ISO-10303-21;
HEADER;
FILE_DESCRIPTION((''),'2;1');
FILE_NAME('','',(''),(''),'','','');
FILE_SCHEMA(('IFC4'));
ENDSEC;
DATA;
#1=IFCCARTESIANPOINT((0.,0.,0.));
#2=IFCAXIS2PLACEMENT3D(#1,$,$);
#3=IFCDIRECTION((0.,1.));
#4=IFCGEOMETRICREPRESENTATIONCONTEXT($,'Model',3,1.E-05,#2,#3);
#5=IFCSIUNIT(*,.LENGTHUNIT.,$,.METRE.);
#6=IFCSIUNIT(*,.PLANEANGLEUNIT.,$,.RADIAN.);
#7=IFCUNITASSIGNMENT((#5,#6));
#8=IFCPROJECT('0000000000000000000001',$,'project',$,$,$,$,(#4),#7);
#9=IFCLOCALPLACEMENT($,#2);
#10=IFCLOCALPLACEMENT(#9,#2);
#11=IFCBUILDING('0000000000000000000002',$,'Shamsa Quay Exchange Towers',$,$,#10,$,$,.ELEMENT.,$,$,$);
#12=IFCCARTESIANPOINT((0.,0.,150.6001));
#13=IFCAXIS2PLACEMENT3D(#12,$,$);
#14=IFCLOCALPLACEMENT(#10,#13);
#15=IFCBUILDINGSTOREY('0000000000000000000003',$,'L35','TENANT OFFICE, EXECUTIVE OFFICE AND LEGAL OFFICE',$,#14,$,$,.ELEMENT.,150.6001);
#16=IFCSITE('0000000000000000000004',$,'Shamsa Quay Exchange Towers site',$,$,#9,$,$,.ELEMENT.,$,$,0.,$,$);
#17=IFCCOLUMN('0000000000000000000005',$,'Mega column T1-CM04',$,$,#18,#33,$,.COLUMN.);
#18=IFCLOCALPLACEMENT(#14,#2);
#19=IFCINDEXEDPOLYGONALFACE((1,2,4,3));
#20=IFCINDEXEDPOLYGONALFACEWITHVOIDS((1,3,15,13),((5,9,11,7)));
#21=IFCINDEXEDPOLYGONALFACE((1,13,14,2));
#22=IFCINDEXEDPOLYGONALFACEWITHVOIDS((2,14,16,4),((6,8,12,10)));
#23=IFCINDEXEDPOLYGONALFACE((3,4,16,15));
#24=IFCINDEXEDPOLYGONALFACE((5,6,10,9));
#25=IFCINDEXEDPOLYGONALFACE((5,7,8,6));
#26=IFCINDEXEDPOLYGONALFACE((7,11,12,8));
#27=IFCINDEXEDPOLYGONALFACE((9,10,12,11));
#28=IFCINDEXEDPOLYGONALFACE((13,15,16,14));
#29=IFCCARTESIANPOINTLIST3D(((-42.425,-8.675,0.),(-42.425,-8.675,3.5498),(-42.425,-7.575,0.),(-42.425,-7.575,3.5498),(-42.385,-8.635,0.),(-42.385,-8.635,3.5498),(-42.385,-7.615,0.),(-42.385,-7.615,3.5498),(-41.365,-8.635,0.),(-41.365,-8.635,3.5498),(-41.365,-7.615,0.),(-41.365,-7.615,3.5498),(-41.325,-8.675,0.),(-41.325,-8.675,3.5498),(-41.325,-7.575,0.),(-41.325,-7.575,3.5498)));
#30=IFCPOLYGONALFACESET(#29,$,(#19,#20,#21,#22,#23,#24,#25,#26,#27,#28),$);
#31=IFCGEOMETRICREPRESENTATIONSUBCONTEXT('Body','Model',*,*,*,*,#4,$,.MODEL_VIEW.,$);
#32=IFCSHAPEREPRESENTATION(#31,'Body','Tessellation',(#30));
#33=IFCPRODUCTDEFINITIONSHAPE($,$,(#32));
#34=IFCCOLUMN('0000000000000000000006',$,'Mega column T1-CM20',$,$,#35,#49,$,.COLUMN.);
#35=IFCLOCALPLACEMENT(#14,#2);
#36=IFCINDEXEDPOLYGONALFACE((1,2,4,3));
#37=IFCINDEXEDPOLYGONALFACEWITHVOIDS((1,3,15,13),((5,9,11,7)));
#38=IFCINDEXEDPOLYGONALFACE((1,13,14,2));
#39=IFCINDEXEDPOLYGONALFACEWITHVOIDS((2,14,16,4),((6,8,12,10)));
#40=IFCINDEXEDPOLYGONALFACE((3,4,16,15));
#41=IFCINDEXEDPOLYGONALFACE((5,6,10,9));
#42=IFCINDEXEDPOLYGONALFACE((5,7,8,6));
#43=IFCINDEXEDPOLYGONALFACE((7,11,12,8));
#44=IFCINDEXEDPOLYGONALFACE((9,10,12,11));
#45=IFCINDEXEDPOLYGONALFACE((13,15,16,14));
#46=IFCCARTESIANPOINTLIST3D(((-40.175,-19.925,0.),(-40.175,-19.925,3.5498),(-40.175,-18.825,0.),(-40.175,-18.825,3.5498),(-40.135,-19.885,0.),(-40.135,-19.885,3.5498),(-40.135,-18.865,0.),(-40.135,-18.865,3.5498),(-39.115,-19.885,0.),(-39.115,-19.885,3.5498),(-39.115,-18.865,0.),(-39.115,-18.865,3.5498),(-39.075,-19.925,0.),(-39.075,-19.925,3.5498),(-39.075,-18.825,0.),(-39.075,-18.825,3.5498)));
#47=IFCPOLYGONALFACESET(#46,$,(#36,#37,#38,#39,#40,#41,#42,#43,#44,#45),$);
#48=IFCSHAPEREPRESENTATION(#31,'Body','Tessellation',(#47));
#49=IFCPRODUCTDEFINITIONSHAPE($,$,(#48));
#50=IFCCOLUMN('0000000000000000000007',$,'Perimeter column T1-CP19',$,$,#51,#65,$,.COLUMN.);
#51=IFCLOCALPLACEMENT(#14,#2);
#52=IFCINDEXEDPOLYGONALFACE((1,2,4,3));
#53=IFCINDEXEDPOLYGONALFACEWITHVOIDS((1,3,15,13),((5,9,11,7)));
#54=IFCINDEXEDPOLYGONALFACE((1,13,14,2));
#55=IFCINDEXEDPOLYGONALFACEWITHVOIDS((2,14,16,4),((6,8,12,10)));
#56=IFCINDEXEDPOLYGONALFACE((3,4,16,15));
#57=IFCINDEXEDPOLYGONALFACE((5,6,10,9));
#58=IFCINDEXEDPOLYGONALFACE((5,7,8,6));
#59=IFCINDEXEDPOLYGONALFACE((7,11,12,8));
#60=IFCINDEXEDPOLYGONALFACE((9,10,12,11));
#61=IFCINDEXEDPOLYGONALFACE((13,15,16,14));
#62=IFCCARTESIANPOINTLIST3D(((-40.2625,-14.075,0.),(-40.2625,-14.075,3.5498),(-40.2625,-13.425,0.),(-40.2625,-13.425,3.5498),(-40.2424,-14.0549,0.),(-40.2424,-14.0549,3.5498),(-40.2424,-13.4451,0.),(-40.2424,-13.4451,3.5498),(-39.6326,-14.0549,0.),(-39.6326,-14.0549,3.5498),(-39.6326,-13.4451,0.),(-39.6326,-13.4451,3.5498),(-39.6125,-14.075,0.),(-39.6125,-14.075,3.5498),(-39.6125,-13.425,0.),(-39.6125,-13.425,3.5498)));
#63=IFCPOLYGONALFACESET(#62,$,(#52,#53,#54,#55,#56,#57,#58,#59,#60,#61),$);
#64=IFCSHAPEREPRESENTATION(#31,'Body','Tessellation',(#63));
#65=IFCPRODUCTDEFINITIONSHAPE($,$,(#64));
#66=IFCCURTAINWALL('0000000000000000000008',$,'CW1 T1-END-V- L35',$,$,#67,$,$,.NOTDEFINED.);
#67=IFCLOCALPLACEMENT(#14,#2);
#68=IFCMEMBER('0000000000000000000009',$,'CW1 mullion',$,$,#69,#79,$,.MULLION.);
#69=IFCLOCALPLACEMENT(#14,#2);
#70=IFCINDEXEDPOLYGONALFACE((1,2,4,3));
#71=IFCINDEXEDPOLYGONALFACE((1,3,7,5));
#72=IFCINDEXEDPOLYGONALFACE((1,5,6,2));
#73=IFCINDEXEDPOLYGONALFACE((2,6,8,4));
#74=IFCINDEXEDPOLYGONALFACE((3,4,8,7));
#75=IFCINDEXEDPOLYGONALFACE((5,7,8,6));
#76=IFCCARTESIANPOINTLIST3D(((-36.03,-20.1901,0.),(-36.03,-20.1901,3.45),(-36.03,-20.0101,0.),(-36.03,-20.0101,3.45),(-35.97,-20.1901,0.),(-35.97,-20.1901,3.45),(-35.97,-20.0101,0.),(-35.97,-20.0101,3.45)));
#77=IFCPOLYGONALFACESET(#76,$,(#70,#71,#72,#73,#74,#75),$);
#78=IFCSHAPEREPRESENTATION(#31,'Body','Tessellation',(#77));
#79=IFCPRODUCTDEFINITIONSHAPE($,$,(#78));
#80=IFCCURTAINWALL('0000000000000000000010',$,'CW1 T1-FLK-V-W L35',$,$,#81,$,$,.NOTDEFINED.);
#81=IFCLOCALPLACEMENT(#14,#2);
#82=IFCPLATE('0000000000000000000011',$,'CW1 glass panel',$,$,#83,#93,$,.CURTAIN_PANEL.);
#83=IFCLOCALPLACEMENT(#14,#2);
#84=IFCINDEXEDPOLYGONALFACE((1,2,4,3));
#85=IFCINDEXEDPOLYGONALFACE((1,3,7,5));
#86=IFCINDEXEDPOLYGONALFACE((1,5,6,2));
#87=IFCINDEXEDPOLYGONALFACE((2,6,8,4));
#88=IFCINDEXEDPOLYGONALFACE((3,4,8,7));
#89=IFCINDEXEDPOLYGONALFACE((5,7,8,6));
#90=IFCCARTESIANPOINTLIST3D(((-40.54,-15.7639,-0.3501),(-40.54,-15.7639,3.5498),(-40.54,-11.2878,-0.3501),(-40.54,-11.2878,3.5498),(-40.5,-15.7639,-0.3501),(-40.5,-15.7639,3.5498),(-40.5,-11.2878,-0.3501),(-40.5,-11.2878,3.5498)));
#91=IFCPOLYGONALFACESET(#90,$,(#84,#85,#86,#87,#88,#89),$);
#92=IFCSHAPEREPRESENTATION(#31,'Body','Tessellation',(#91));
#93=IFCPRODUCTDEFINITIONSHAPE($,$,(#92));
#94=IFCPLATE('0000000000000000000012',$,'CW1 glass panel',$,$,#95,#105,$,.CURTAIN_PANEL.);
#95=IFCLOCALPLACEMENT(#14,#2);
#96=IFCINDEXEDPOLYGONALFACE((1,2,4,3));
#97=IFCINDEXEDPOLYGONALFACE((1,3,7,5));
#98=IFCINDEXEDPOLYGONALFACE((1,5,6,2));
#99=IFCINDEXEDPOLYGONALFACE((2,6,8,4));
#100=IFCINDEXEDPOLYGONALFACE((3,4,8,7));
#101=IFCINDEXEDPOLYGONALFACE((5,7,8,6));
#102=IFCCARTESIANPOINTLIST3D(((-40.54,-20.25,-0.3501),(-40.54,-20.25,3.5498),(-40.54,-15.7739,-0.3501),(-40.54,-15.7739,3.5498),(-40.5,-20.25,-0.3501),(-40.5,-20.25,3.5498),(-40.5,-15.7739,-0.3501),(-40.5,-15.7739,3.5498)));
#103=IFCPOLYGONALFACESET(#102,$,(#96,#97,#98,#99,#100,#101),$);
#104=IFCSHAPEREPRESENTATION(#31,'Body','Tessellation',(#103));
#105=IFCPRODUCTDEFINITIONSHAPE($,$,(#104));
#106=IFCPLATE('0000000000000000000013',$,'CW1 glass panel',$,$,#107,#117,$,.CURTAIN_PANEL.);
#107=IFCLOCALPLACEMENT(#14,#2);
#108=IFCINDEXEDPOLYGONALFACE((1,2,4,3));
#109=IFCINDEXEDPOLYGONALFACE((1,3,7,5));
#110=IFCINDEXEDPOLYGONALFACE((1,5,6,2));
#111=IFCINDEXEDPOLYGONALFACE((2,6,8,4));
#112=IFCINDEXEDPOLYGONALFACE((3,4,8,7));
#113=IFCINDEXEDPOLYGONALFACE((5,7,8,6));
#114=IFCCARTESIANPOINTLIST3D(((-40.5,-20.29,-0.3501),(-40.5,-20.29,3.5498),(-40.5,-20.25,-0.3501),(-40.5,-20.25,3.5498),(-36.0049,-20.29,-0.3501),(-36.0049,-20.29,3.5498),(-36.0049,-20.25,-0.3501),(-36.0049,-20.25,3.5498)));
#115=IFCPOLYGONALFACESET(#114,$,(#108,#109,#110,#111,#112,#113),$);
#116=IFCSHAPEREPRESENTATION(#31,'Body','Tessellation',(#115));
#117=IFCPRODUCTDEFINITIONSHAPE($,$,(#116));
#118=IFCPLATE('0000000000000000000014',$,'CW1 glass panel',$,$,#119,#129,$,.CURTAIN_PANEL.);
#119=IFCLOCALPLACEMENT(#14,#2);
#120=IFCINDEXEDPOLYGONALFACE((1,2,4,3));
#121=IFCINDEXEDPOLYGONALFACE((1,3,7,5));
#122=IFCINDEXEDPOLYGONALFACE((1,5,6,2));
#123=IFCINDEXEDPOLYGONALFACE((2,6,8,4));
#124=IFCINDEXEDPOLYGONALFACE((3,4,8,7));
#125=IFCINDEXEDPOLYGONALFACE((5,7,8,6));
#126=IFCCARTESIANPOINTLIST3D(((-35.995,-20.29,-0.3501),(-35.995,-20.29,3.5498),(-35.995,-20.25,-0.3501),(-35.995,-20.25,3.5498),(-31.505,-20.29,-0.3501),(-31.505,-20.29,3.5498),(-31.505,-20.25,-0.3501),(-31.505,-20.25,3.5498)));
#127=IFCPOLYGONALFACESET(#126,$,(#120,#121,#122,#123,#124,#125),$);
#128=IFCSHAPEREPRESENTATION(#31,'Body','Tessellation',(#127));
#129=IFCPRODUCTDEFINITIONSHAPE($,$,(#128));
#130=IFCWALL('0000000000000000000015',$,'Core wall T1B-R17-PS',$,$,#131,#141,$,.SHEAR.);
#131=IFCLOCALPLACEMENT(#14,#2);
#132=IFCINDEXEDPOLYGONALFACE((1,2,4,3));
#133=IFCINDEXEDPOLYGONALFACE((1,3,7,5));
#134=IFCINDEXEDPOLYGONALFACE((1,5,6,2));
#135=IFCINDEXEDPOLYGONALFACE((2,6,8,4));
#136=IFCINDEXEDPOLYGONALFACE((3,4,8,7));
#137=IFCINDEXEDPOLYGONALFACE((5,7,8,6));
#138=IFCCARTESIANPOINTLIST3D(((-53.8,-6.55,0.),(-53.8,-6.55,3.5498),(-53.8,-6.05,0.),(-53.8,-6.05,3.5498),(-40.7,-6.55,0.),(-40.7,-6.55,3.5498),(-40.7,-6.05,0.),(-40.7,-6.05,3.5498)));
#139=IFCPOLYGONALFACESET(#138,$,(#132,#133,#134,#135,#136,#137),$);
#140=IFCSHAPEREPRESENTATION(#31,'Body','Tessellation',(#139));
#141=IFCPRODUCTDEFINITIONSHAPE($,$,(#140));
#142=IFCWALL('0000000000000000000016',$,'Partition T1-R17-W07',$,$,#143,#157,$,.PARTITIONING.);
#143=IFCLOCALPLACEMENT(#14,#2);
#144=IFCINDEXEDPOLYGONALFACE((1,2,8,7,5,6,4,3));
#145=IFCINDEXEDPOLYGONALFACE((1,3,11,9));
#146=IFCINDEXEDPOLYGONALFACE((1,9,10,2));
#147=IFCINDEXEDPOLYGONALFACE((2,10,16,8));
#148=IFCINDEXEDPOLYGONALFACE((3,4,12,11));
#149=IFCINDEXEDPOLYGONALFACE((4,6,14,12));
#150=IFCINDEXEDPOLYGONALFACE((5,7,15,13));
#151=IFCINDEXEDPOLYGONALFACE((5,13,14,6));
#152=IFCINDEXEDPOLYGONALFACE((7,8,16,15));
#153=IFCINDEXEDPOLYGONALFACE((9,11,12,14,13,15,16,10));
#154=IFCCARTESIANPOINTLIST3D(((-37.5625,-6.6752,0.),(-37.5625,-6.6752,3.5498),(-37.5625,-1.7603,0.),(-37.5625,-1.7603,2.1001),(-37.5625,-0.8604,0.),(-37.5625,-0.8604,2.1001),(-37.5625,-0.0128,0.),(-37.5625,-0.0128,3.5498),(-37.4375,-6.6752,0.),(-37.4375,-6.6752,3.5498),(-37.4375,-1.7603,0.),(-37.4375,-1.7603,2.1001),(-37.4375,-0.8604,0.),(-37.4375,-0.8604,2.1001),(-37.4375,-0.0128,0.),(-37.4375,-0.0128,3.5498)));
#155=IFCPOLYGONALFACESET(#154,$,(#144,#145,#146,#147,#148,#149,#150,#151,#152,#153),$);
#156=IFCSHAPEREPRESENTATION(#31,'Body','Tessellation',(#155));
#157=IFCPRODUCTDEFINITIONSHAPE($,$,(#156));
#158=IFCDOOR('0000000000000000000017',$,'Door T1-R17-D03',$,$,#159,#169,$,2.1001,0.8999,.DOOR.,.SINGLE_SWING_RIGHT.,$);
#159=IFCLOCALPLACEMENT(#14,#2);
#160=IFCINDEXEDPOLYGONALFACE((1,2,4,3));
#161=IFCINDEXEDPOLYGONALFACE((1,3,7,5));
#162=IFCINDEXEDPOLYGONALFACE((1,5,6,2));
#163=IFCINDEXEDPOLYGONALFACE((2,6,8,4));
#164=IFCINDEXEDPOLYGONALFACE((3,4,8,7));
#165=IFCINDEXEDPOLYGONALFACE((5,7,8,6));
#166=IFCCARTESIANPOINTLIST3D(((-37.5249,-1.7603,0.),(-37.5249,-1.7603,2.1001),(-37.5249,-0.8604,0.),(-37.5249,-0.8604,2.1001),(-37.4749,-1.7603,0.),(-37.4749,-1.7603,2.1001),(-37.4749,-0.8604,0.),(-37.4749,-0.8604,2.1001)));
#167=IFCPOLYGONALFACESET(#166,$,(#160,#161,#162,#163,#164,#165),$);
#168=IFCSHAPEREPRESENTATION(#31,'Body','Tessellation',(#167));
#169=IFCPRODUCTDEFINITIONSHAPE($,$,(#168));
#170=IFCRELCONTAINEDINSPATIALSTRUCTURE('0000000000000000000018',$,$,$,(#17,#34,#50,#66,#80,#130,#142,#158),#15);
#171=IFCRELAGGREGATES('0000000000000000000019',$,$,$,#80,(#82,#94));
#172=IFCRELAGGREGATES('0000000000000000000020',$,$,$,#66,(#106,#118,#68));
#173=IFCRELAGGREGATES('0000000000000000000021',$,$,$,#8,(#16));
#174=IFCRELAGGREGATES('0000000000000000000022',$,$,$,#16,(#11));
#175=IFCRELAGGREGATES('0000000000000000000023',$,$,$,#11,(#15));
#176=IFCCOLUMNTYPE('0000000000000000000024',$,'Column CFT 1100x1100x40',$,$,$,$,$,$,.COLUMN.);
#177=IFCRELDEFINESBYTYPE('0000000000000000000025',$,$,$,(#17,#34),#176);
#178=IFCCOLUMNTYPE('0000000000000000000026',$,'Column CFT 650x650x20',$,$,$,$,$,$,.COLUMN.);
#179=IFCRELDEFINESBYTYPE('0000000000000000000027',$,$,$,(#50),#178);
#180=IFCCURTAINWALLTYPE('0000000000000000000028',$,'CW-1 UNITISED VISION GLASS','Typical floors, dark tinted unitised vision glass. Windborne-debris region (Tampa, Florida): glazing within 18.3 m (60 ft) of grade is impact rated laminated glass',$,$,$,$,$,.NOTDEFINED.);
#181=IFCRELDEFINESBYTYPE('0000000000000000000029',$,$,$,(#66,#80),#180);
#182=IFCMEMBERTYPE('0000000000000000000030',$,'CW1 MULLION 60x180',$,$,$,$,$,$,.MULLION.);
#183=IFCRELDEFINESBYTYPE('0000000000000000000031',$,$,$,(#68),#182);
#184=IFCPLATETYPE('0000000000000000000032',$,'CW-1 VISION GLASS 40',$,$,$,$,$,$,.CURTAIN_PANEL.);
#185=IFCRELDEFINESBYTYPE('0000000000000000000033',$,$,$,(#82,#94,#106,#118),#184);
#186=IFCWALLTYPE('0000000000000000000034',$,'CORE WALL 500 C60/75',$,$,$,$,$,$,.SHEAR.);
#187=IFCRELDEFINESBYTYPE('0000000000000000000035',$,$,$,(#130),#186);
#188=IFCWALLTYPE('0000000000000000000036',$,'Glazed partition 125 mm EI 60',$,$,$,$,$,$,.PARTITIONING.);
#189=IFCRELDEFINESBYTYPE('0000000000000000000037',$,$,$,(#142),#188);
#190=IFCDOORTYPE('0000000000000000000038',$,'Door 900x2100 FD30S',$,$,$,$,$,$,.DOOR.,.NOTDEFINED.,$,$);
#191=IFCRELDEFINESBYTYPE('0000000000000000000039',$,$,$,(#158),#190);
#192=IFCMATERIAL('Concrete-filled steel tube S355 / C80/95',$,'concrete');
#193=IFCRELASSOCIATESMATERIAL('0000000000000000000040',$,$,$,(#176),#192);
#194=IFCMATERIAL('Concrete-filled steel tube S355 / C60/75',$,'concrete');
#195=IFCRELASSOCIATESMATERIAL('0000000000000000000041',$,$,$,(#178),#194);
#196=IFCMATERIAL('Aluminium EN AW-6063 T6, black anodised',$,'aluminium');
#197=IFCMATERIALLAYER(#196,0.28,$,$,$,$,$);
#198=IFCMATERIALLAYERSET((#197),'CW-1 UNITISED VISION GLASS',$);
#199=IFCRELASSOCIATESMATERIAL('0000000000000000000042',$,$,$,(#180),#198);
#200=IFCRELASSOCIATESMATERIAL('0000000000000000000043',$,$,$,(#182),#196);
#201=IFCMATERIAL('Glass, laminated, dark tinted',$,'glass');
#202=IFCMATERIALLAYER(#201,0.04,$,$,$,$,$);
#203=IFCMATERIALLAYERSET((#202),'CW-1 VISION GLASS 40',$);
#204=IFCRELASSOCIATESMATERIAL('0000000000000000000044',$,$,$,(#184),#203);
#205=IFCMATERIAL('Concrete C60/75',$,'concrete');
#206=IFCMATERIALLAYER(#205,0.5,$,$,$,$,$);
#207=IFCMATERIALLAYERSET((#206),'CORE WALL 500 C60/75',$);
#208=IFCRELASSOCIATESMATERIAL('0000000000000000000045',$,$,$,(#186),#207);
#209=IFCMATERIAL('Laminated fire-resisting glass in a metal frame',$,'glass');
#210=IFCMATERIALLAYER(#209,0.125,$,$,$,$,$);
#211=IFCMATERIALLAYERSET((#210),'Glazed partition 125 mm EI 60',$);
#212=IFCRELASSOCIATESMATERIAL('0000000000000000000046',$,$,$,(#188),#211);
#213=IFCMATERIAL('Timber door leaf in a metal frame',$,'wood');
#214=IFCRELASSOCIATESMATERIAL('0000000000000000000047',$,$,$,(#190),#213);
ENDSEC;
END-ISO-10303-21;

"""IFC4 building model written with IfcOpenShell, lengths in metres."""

from ifc_helpers import new_model, si_unit, direction, frame, frame_2d, origin, origin_2d, place, context, subcontext, project, spatial, rectangle, hollow_rectangle, extrude, material, layer, layer_set, material_profile, profile_set, type_object, element, fill, aggregate, save


model = new_model("IFC4")

# Units and contexts
model_context = context("Model", 3, precision=1e-05, world=origin(), true_north=direction((0.0, 1.0)))
body_context = subcontext(model_context, "Body", "Model", "MODEL_VIEW")
ifc_project = project(units=[si_unit("LENGTHUNIT", "METRE"), si_unit("PLANEANGLEUNIT", "RADIAN")], contexts=[model_context])

# Site, building, storey
site_placement = place(None, origin())
site = spatial("IfcSite", under=ifc_project, at=site_placement, Name="Shamsa Quay Exchange Towers site", CompositionType="ELEMENT", RefElevation=0.0)
building_placement = place(site_placement, origin())
building = spatial("IfcBuilding", under=site, at=building_placement, Name="Shamsa Quay Exchange Towers", CompositionType="ELEMENT")
storey_placement = place(building_placement, frame((0.0, 0.0, 150.6001)))
storey = spatial("IfcBuildingStorey", under=building, at=storey_placement, Name="L35", Description="TENANT OFFICE, EXECUTIVE OFFICE AND LEGAL OFFICE", CompositionType="ELEMENT", Elevation=150.6001)

# Columns
ifc_material_1 = material(Name="Concrete-filled steel tube S355 / C80/95", Category="concrete")
ifc_material_profile_1 = material_profile(ifc_material_1, hollow_rectangle(XDim=1.1001, YDim=1.1001, WallThickness=0.04, at=origin_2d()), Name="CFT 1100x1100x40")
ifc_profile_set_1 = profile_set([ifc_material_profile_1], Name="Concrete-filled steel tube S355 / C80/95")
column_type_1 = type_object("IfcColumnType", Name="Column CFT 1100x1100x40", PredefinedType="COLUMN", material=ifc_profile_set_1)
for number, where, name in (
    (1, (-41.875, -8.125, 0.0), "Mega column T1-CM04"),
    (2, (-39.625, -19.375, 0.0), "Mega column T1-CM20"),
):
    element("IfcColumn", number, at=place(storey_placement, frame(where)), inside=storey, type_object=column_type_1, Name=name, PredefinedType="COLUMN", context=body_context, shape_type="SweptSolid", body=[
        extrude(hollow_rectangle(XDim=1.1001, YDim=1.1001, WallThickness=0.04, at=origin_2d()), origin(), (0.0, 0.0, 1.0), 3.5498),
    ])
ifc_material_2 = material(Name="Concrete-filled steel tube S355 / C60/75", Category="concrete")
ifc_material_profile_2 = material_profile(ifc_material_2, hollow_rectangle(XDim=0.6499, YDim=0.6499, WallThickness=0.02, at=origin_2d()), Name="CFT 650x650x20")
ifc_profile_set_2 = profile_set([ifc_material_profile_2], Name="Concrete-filled steel tube S355 / C60/75")
column_type_2 = type_object("IfcColumnType", Name="Column CFT 650x650x20", PredefinedType="COLUMN", material=ifc_profile_set_2)
column_placement = place(storey_placement, frame((-39.9375, -13.75, 0.0)))
element("IfcColumn", 3, at=column_placement, inside=storey, type_object=column_type_2, Name="Perimeter column T1-CP19", PredefinedType="COLUMN", context=body_context, shape_type="SweptSolid", body=[
    extrude(hollow_rectangle(XDim=0.6499, YDim=0.6499, WallThickness=0.02, at=origin_2d()), origin(), (0.0, 0.0, 1.0), 3.5498),
])

# Curtain wall, member
ifc_material_3 = material(Name="Aluminium EN AW-6063 T6, black anodised", Category="aluminium")
ifc_layer_1 = layer(ifc_material_3, 0.28)
ifc_layer_set_1 = layer_set([ifc_layer_1], Name="CW-1 UNITISED VISION GLASS")
curtain_wall_type = type_object("IfcCurtainWallType", Name="CW-1 UNITISED VISION GLASS", Description="Typical floors, dark tinted unitised vision glass. Windborne-debris region (Tampa, Florida): glazing within 18.3 m (60 ft) of grade is impact rated laminated glass", PredefinedType="NOTDEFINED", material=ifc_layer_set_1)
curtain_wall_1_placement = place(storey_placement, origin())
curtain_wall_1 = element("IfcCurtainWall", 4, at=curtain_wall_1_placement, inside=storey, type_object=curtain_wall_type, Name="CW1 T1-END-V- L35", PredefinedType="NOTDEFINED")
ifc_material_profile_3 = material_profile(ifc_material_3, rectangle(XDim=0.1799, YDim=0.0601, at=origin_2d()), Name="MU60x180")
ifc_profile_set_3 = profile_set([ifc_material_profile_3], Name="Aluminium EN AW-6063 T6, black anodised")
member_type = type_object("IfcMemberType", Name="CW1 MULLION 60x180", PredefinedType="MULLION", material=ifc_profile_set_3)
member_placement = place(storey_placement, frame((-36.0, -20.1001, 0.0), z_axis=(0.0, 0.0, 1.0), x_axis=(0.0, 1.0, 0.0)))
member = element("IfcMember", 5, at=member_placement, type_object=member_type, Name="CW1 mullion", PredefinedType="MULLION", context=body_context, shape_type="SweptSolid", body=[
    extrude(rectangle(XDim=0.1799, YDim=0.0601, at=origin_2d()), origin(), (0.0, 0.0, 1.0), 3.45),
])

# Curtain wall, plates
curtain_wall_2_placement = place(storey_placement, origin())
curtain_wall_2 = element("IfcCurtainWall", 6, at=curtain_wall_2_placement, inside=storey, type_object=curtain_wall_type, Name="CW1 T1-FLK-V-W L35", PredefinedType="NOTDEFINED")
ifc_material_4 = material(Name="Glass, laminated, dark tinted", Category="glass")
ifc_layer_2 = layer(ifc_material_4, 0.04)
ifc_layer_set_2 = layer_set([ifc_layer_2], Name="CW-1 VISION GLASS 40")
plate_type = type_object("IfcPlateType", Name="CW-1 VISION GLASS 40", PredefinedType="CURTAIN_PANEL", material=ifc_layer_set_2)
plate_1_placement = place(storey_placement, frame((-40.52, -13.5259, -0.3501), z_axis=(0.0, 0.0, 1.0), x_axis=(0.0, -1.0, 0.0)))
plate_1 = element("IfcPlate", 7, at=plate_1_placement, type_object=plate_type, Name="CW1 glass panel", PredefinedType="CURTAIN_PANEL", context=body_context, shape_type="SweptSolid", body=[
    extrude(rectangle(XDim=4.4761, YDim=0.04, at=origin_2d()), origin(), (0.0, 0.0, 1.0), 3.8999),
])
plate_2_placement = place(storey_placement, frame((-40.52, -18.012, -0.3501), z_axis=(0.0, 0.0, 1.0), x_axis=(0.0, -1.0, 0.0)))
plate_2 = element("IfcPlate", 8, at=plate_2_placement, type_object=plate_type, Name="CW1 glass panel", PredefinedType="CURTAIN_PANEL", context=body_context, shape_type="SweptSolid", body=[
    extrude(rectangle(XDim=4.4761, YDim=0.04, at=origin_2d()), origin(), (0.0, 0.0, 1.0), 3.8999),
])
aggregate(curtain_wall_2, [plate_1, plate_2])

# Plates
plate_3_placement = place(storey_placement, frame((-38.2524, -20.27, -0.3501)))
plate_3 = element("IfcPlate", 9, at=plate_3_placement, type_object=plate_type, Name="CW1 glass panel", PredefinedType="CURTAIN_PANEL", context=body_context, shape_type="SweptSolid", body=[
    extrude(rectangle(XDim=4.4951, YDim=0.04, at=origin_2d()), origin(), (0.0, 0.0, 1.0), 3.8999),
])
plate_4_placement = place(storey_placement, frame((-33.75, -20.27, -0.3501)))
plate_4 = element("IfcPlate", 10, at=plate_4_placement, type_object=plate_type, Name="CW1 glass panel", PredefinedType="CURTAIN_PANEL", context=body_context, shape_type="SweptSolid", body=[
    extrude(rectangle(XDim=4.49, YDim=0.04, at=origin_2d()), origin(), (0.0, 0.0, 1.0), 3.8999),
])
aggregate(curtain_wall_1, [plate_3, plate_4, member])

# Wall
ifc_material_5 = material(Name="Concrete C60/75", Category="concrete")
ifc_layer_3 = layer(ifc_material_5, 0.5)
ifc_layer_set_3 = layer_set([ifc_layer_3], Name="CORE WALL 500 C60/75")
wall_type_1 = type_object("IfcWallType", Name="CORE WALL 500 C60/75", PredefinedType="SHEAR", material=ifc_layer_set_3)
wall_1_placement = place(storey_placement, frame((-40.7, -6.3, 0.0), z_axis=(0.0, 0.0, 1.0), x_axis=(-1.0, 0.0, 0.0)))
element("IfcWall", 11, at=wall_1_placement, inside=storey, type_object=wall_type_1, Name="Core wall T1B-R17-PS", PredefinedType="SHEAR", context=body_context, shape_type="SweptSolid", body=[
    extrude(rectangle(XDim=13.1001, YDim=0.5, at=frame_2d((6.55, 0.0))), origin(), (0.0, 0.0, 1.0), 3.5498),
])

# Wall, opening, door
ifc_material_6 = material(Name="Laminated fire-resisting glass in a metal frame", Category="glass")
ifc_layer_4 = layer(ifc_material_6, 0.125)
ifc_layer_set_4 = layer_set([ifc_layer_4], Name="Glazed partition 125 mm EI 60")
wall_type_2 = type_object("IfcWallType", Name="Glazed partition 125 mm EI 60", PredefinedType="PARTITIONING", material=ifc_layer_set_4)
wall_2_placement = place(storey_placement, frame((-37.5, -6.675, 0.0), z_axis=(0.0, 0.0, 1.0), x_axis=(0.0, 1.0, 0.0)))
wall_2 = element("IfcWall", 12, at=wall_2_placement, inside=storey, type_object=wall_type_2, Name="Partition T1-R17-W07", PredefinedType="PARTITIONING", context=body_context, shape_type="SweptSolid", body=[
    extrude(rectangle(XDim=6.6624, YDim=0.125, at=frame_2d((3.3311, 0.0))), origin(), (0.0, 0.0, 1.0), 3.5498),
])
opening_1_placement = place(wall_2_placement, frame((4.9148, 0.0, 0.0)))
opening_1 = element("IfcOpeningElement", 13, at=opening_1_placement, cuts=wall_2, PredefinedType="OPENING", context=body_context, shape_type="SweptSolid", body=[
    extrude(rectangle(XDim=0.8999, YDim=2.1001, at=frame_2d((0.45, 1.05))), frame((0.0, 0.0725, 0.0), z_axis=(0.0, -1.0, 0.0), x_axis=(1.0, 0.0, 0.0)), (0.0, 0.0, 1.0), 0.145),
])
ifc_material_7 = material(Name="Timber door leaf in a metal frame", Category="wood")
door_type_1 = type_object("IfcDoorType", Name="Door 900x2100 FD30S", OperationType="NOTDEFINED", PredefinedType="DOOR", material=ifc_material_7)
door_1_placement = place(opening_1_placement, origin())
door_1 = element("IfcDoor", 14, at=door_1_placement, inside=storey, type_object=door_type_1, Name="Door T1-R17-D03", OperationType="SINGLE_SWING_RIGHT", OverallHeight=2.1001, OverallWidth=0.8999, PredefinedType="DOOR", context=body_context, shape_type="SweptSolid", body=[
    extrude(rectangle(XDim=0.8999, YDim=2.1001, at=frame_2d((0.45, 1.05))), frame((0.0, 0.0249, 0.0), z_axis=(0.0, -1.0, 0.0), x_axis=(1.0, 0.0, 0.0)), (0.0, 0.0, 1.0), 0.05),
])
fill(opening_1, door_1)

save(model, "model.ifc")
